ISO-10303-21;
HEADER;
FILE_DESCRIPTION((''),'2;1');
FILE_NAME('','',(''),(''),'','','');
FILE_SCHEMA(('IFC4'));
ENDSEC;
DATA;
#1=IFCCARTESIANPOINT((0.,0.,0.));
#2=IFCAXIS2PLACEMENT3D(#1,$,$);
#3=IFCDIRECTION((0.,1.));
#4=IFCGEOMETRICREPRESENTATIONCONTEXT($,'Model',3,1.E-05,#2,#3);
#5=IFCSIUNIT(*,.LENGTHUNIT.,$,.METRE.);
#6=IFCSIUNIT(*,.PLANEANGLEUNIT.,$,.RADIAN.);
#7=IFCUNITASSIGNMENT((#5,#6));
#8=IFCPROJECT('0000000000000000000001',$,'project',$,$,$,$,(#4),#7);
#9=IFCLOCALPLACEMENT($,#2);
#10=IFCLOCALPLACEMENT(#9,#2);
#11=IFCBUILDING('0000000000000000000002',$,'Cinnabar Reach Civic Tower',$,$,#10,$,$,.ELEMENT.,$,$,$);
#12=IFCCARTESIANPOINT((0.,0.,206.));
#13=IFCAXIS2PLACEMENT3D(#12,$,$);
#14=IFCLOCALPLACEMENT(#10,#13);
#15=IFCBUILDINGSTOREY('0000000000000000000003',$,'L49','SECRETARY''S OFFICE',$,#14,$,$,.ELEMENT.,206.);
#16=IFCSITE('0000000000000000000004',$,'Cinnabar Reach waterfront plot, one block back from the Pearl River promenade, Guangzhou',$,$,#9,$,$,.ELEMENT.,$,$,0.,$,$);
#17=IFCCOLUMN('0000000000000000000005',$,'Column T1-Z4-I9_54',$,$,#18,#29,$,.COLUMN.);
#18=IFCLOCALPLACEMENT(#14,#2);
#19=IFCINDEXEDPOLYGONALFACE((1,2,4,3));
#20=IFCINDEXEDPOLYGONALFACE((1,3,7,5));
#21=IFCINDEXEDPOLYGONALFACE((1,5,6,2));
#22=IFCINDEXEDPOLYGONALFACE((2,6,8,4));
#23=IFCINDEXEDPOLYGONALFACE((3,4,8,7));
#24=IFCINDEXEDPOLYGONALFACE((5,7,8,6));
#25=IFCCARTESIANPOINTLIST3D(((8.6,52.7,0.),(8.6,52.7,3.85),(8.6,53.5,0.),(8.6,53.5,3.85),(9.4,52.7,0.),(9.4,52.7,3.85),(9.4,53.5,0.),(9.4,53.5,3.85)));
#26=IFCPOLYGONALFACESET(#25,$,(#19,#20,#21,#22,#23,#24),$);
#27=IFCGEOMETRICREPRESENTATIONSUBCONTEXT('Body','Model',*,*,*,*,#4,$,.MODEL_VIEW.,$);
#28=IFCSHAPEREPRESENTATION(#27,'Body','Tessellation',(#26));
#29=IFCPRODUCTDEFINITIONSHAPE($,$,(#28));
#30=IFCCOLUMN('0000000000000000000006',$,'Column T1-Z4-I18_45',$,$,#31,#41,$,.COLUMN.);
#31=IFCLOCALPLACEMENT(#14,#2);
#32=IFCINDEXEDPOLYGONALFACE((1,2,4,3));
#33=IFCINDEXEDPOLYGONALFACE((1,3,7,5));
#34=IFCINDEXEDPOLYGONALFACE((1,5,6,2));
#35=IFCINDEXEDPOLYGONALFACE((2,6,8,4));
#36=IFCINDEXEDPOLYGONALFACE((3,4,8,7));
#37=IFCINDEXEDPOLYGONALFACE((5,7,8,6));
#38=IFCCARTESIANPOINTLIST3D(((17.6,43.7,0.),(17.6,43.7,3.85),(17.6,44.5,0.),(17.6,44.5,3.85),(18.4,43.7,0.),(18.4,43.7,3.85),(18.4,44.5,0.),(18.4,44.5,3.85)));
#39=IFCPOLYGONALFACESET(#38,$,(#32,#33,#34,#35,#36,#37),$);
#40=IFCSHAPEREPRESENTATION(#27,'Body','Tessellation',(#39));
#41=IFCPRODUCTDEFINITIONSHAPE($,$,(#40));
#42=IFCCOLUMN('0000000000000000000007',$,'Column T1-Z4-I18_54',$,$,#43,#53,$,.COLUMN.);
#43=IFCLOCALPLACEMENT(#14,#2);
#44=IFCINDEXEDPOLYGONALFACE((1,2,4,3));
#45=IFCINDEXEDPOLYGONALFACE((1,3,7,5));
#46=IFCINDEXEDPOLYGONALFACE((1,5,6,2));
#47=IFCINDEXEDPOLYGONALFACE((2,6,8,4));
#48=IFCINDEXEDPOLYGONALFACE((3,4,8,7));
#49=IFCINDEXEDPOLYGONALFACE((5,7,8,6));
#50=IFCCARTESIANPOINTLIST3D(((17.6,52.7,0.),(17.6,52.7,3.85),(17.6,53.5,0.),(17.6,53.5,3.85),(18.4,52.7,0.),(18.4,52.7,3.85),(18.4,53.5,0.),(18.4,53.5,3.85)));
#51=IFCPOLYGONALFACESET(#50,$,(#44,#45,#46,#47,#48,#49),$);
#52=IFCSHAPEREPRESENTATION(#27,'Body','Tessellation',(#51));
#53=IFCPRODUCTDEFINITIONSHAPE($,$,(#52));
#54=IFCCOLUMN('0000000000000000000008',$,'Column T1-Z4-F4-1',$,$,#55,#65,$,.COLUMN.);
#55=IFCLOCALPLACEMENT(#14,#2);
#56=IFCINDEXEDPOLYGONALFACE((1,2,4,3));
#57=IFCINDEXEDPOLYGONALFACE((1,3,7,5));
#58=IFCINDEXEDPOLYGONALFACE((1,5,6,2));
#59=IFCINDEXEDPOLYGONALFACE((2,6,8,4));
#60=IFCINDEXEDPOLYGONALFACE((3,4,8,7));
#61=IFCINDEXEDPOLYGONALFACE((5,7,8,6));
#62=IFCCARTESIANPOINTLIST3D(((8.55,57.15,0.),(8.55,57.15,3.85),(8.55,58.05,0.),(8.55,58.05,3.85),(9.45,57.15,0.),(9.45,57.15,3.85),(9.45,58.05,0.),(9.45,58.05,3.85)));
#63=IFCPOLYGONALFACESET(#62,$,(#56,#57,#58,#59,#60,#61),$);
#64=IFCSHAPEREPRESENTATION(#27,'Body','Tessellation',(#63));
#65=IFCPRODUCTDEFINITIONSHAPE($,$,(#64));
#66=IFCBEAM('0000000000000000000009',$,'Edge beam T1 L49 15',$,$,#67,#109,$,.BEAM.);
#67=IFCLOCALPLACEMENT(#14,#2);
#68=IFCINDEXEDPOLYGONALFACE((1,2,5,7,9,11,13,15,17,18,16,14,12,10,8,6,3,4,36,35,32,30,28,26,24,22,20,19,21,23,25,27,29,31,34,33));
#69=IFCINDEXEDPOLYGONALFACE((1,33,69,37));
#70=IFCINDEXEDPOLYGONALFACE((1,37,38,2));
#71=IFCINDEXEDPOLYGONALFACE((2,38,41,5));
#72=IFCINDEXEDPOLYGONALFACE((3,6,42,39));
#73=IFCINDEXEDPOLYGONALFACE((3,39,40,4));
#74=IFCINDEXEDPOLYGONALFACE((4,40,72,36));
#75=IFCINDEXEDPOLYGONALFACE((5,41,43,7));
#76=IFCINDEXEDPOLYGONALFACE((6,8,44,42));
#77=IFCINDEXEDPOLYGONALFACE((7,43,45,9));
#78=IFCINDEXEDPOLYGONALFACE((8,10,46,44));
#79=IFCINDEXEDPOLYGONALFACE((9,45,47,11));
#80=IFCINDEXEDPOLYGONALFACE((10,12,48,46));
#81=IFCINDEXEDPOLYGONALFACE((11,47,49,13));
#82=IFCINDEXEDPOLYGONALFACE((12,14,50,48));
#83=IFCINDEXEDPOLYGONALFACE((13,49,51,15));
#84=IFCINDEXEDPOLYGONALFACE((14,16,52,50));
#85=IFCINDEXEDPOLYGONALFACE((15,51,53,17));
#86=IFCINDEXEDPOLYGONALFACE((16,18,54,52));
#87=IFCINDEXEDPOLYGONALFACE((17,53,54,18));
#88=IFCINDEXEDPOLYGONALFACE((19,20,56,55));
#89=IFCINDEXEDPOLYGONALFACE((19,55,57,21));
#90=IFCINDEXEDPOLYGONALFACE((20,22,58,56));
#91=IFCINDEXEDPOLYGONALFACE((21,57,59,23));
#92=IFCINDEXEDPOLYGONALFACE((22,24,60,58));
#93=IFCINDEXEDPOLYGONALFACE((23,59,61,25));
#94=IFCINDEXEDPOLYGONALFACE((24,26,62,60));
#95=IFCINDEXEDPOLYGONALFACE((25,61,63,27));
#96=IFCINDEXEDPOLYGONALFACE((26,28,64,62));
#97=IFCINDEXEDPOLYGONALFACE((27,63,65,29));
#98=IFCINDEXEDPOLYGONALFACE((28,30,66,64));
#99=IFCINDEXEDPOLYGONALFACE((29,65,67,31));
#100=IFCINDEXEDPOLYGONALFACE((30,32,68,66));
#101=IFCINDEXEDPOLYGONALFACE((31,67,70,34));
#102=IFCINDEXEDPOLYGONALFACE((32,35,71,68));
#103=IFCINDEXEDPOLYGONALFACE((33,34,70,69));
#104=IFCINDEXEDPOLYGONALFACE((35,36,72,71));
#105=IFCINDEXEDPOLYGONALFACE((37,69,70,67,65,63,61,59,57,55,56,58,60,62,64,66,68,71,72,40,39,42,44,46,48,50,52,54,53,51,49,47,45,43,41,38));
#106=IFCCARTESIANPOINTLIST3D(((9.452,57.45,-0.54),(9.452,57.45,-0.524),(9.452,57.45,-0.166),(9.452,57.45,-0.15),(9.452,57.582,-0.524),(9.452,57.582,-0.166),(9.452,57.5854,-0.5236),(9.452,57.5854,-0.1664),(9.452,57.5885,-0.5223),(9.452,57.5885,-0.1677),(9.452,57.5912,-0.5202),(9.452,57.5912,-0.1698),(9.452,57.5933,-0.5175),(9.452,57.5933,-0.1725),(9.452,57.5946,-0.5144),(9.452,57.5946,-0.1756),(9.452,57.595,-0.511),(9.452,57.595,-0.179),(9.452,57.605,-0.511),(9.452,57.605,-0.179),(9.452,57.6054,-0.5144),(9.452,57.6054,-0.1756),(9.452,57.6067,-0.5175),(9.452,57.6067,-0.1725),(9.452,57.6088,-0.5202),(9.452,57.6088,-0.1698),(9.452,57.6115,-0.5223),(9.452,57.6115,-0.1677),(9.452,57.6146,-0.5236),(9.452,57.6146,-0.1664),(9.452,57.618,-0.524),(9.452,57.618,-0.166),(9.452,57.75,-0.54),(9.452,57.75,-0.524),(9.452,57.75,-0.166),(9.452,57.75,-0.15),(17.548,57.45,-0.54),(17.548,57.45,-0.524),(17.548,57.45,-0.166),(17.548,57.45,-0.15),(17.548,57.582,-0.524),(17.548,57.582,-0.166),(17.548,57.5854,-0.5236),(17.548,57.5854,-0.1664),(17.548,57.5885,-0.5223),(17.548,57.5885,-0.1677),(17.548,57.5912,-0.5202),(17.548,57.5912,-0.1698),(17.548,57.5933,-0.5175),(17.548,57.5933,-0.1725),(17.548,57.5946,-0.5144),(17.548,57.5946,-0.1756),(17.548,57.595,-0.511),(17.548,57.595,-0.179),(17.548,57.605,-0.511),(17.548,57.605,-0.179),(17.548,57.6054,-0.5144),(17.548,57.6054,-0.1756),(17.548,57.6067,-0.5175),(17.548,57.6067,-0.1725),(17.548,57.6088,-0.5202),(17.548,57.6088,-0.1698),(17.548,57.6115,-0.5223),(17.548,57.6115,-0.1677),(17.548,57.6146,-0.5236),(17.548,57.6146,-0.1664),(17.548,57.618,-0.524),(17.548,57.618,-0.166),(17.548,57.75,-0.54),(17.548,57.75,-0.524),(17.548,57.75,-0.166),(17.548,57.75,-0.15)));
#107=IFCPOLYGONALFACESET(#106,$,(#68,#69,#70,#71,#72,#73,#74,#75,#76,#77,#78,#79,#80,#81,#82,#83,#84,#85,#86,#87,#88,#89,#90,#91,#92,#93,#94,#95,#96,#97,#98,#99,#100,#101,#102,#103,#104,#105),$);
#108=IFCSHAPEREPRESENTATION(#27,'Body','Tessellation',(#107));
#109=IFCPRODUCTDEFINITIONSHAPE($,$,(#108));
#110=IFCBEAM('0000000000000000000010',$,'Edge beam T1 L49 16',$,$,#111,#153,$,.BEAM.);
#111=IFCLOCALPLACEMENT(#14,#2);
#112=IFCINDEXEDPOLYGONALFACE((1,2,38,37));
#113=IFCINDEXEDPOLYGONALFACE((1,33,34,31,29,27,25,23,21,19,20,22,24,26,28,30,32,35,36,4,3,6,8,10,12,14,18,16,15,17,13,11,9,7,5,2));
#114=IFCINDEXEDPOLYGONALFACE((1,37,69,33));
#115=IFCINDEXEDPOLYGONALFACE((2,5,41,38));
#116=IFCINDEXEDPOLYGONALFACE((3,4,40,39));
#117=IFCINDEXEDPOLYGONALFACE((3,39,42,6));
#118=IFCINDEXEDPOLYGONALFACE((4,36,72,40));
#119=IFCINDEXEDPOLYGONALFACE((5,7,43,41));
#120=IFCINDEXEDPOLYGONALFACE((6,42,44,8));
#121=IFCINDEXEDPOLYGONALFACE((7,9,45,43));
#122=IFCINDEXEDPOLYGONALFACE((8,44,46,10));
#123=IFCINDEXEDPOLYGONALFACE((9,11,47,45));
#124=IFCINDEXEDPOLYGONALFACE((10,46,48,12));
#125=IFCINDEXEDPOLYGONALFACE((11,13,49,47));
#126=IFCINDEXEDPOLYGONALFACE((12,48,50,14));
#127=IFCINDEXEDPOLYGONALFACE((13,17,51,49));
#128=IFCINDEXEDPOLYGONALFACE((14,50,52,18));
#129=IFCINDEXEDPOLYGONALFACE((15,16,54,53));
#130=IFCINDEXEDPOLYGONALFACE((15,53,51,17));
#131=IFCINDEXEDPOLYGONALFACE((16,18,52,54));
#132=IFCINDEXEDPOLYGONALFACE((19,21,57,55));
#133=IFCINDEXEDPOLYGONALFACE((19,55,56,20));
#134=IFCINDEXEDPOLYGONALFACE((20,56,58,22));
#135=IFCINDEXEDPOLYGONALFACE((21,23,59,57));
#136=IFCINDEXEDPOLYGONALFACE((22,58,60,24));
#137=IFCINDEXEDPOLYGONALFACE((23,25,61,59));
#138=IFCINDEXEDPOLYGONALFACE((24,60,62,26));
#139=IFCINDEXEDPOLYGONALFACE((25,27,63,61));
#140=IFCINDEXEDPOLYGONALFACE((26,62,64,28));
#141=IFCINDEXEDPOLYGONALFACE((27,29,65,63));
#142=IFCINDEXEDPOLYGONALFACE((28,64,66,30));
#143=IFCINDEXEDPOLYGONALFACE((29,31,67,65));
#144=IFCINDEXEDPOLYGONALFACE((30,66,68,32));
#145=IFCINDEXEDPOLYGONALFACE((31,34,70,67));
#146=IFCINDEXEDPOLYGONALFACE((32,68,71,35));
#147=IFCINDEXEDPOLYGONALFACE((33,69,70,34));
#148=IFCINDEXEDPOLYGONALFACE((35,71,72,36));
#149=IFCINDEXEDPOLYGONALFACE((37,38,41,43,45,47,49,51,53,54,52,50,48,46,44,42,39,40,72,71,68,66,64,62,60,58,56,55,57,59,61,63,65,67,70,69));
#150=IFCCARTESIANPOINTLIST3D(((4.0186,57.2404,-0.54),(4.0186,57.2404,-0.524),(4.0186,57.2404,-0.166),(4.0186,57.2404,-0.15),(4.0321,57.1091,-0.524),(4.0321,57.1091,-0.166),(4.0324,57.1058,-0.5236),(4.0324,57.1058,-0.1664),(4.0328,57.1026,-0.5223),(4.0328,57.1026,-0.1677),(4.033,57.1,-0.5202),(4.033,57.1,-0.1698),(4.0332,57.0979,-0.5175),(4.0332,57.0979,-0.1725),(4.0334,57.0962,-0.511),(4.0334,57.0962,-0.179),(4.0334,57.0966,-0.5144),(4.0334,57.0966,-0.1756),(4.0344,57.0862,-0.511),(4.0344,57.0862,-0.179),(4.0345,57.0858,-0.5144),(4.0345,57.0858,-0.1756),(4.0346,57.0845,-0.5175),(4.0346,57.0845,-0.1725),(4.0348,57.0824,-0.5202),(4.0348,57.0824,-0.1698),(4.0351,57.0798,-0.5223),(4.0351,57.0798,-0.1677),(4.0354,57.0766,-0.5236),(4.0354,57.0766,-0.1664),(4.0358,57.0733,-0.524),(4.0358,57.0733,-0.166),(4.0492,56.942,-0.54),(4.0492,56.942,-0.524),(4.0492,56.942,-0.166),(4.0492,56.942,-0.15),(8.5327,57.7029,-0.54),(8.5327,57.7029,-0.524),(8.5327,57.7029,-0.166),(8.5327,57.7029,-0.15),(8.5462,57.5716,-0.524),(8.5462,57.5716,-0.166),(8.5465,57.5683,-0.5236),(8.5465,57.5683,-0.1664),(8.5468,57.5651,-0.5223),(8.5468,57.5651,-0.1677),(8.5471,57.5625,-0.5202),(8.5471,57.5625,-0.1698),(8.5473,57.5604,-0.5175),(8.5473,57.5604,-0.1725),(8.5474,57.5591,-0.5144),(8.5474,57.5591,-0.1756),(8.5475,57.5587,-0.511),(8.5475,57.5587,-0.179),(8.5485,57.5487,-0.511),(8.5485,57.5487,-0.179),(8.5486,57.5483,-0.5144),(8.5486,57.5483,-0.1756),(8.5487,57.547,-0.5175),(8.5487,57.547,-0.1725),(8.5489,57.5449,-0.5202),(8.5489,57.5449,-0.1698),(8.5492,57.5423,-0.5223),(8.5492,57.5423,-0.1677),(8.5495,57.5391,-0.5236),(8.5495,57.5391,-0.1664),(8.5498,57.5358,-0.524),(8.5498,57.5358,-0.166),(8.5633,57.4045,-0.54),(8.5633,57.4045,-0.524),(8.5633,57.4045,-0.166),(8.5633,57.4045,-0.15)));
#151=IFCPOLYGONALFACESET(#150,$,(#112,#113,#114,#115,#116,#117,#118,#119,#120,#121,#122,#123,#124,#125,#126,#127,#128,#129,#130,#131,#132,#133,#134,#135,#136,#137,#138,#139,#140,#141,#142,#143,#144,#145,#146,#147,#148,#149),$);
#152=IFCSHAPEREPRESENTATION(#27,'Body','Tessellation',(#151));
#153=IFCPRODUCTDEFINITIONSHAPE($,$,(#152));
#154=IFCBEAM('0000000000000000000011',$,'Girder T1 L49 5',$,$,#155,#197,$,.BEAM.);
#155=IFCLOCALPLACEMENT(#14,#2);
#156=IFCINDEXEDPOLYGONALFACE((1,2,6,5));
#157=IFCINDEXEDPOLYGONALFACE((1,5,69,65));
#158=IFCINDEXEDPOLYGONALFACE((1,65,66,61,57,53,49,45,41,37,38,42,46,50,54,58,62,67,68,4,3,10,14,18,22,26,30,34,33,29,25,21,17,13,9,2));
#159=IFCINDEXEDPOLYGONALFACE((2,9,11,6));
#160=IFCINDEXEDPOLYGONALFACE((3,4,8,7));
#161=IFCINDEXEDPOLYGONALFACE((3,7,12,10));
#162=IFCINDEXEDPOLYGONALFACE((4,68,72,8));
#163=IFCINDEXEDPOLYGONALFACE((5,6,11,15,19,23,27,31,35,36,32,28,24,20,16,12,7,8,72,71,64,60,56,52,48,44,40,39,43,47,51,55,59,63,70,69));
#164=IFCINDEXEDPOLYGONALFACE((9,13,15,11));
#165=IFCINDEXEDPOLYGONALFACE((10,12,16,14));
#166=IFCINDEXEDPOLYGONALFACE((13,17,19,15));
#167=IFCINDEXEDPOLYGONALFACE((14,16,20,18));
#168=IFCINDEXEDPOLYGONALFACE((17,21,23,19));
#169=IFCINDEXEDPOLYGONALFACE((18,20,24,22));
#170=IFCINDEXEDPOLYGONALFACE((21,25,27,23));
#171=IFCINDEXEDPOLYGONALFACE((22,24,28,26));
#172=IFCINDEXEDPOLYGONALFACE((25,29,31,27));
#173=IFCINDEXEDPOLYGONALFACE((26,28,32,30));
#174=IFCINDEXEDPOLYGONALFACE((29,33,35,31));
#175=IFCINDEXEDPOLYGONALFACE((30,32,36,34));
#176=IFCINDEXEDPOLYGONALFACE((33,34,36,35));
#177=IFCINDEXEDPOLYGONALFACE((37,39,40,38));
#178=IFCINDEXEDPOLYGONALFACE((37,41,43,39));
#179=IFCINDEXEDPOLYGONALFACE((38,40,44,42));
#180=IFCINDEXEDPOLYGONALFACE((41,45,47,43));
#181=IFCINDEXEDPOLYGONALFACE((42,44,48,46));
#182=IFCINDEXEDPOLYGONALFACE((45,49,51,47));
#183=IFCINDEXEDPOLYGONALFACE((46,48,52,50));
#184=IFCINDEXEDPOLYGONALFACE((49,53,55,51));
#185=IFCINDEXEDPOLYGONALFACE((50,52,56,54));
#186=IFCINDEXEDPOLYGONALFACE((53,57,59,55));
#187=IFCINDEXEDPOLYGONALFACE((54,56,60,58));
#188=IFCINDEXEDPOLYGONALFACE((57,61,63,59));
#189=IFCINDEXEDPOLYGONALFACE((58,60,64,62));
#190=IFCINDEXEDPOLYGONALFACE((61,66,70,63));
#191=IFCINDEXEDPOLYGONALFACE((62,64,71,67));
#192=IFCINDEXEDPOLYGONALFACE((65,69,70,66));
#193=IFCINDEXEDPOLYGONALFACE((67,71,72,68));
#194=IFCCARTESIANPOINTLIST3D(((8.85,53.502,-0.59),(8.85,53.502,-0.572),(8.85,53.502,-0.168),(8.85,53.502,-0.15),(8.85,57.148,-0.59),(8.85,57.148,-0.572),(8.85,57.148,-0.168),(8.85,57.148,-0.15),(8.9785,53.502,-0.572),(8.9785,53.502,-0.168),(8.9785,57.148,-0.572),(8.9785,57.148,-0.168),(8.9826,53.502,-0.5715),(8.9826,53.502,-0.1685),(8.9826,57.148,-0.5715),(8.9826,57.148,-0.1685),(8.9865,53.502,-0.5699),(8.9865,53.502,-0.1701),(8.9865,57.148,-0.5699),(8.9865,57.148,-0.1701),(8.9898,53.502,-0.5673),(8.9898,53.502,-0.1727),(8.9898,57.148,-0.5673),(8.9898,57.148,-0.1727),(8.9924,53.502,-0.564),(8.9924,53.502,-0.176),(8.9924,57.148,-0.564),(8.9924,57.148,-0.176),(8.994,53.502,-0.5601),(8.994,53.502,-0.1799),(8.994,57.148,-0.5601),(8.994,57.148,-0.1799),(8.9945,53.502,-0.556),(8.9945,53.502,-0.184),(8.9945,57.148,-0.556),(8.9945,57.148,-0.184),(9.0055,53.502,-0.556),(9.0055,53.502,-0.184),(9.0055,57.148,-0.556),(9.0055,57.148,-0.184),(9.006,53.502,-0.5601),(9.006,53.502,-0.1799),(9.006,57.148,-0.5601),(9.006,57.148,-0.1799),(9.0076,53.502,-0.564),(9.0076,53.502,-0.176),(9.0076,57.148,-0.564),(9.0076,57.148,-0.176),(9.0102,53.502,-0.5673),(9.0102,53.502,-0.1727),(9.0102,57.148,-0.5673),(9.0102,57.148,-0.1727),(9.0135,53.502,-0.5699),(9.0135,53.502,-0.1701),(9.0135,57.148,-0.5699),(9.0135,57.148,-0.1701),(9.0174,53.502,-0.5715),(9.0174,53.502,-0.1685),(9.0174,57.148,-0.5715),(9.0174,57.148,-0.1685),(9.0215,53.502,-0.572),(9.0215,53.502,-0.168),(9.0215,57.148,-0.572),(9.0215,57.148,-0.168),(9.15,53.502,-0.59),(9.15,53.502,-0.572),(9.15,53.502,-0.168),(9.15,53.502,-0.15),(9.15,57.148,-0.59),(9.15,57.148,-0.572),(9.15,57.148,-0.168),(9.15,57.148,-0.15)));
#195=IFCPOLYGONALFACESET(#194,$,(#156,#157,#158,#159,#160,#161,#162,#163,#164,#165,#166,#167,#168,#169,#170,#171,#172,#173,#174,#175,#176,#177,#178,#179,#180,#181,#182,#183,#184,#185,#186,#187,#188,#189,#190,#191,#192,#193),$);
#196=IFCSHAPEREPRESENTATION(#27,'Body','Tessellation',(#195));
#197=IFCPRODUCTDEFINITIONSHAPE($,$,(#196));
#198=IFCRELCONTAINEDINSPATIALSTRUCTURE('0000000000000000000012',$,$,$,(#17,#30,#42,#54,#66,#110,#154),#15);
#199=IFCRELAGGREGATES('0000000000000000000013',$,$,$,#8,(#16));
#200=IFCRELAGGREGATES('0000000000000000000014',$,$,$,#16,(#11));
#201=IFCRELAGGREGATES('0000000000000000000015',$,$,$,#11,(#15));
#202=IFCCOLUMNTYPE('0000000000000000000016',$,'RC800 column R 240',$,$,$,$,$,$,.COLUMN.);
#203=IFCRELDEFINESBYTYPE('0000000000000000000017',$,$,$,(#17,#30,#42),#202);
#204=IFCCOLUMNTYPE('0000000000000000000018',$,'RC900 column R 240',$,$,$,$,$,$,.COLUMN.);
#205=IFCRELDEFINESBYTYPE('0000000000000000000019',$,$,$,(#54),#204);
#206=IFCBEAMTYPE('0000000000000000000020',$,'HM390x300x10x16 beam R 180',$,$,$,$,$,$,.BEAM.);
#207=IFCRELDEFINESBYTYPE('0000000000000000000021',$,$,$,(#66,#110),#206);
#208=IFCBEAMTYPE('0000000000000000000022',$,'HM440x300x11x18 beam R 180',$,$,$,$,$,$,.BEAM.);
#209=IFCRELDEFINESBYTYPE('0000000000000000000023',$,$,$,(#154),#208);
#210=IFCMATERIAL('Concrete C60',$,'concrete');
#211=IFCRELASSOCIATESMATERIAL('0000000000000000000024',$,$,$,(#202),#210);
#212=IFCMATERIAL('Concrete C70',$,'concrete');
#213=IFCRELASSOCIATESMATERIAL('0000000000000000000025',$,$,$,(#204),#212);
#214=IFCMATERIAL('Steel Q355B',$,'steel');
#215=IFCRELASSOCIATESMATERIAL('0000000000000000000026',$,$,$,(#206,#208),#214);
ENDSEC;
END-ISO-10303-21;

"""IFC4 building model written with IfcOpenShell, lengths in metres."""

from ifc_helpers import new_model, si_unit, direction, frame, origin, origin_2d, place, context, subcontext, project, spatial, rectangle, i_section, extrude, material, material_profile, profile_set, type_object, element, save


model = new_model("IFC4")

# Units and contexts
model_context = context("Model", 3, precision=1e-05, world=origin(), true_north=direction((0.0, 1.0)))
body_context = subcontext(model_context, "Body", "Model", "MODEL_VIEW")
ifc_project = project(units=[si_unit("LENGTHUNIT", "METRE"), si_unit("PLANEANGLEUNIT", "RADIAN")], contexts=[model_context])

# Site, building, storey
site_placement = place(None, origin())
site = spatial("IfcSite", under=ifc_project, at=site_placement, Name="Cinnabar Reach waterfront plot, one block back from the Pearl River promenade, Guangzhou", CompositionType="ELEMENT", RefElevation=0.0)
building_placement = place(site_placement, origin())
building = spatial("IfcBuilding", under=site, at=building_placement, Name="Cinnabar Reach Civic Tower", CompositionType="ELEMENT")
storey_placement = place(building_placement, frame((0.0, 0.0, 206.0)))
storey = spatial("IfcBuildingStorey", under=building, at=storey_placement, Name="L49", Description="SECRETARY'S OFFICE", CompositionType="ELEMENT", Elevation=206.0)

# Columns
ifc_material_1 = material(Name="Concrete C60", Category="concrete")
ifc_material_profile_1 = material_profile(ifc_material_1, rectangle(XDim=0.8, YDim=0.8, at=origin_2d()), Name="RC800")
ifc_profile_set_1 = profile_set([ifc_material_profile_1], Name="Concrete C60")
column_type_1 = type_object("IfcColumnType", Name="RC800 column R 240", PredefinedType="COLUMN", material=ifc_profile_set_1)
for number, where, z_axis, x_axis, name in (
    (1, (9.0, 53.1, 0.0), (0.0, 0.0, 1.0), (1.0, 0.0, 0.0), "Column T1-Z4-I9_54"),
    (2, (18.0, 44.1, 0.0), (0.0, 0.0, 1.0), (1.0, 0.0, 0.0), "Column T1-Z4-I18_45"),
    (3, (18.0, 53.1, 0.0), (0.0, 0.0, 1.0), (1.0, 0.0, 0.0), "Column T1-Z4-I18_54"),
):
    element("IfcColumn", number, at=place(storey_placement, frame(where, z_axis=z_axis, x_axis=x_axis)), inside=storey, type_object=column_type_1, Name=name, PredefinedType="COLUMN", context=body_context, shape_type="SweptSolid", body=[
        extrude(rectangle(XDim=0.8, YDim=0.8, at=origin_2d()), origin(), (0.0, 0.0, 1.0), 3.85),
    ])
ifc_material_2 = material(Name="Concrete C70", Category="concrete")
ifc_material_profile_2 = material_profile(ifc_material_2, rectangle(XDim=0.9, YDim=0.9, at=origin_2d()), Name="RC900")
ifc_profile_set_2 = profile_set([ifc_material_profile_2], Name="Concrete C70")
column_type_2 = type_object("IfcColumnType", Name="RC900 column R 240", PredefinedType="COLUMN", material=ifc_profile_set_2)
column_placement = place(storey_placement, frame((9.0, 57.6, 0.0), z_axis=(0.0, 0.0, 1.0), x_axis=(1.0, 0.0, 0.0)))
element("IfcColumn", 4, at=column_placement, inside=storey, type_object=column_type_2, Name="Column T1-Z4-F4-1", PredefinedType="COLUMN", context=body_context, shape_type="SweptSolid", body=[
    extrude(rectangle(XDim=0.9, YDim=0.9, at=origin_2d()), origin(), (0.0, 0.0, 1.0), 3.85),
])

# Beams
ifc_material_3 = material(Name="Steel Q355B", Category="steel")
ifc_material_profile_3 = material_profile(ifc_material_3, i_section(OverallWidth=0.3, OverallDepth=0.39, WebThickness=0.01, FlangeThickness=0.016, FilletRadius=0.013, at=origin_2d()), Name="HM390x300x10x16")
ifc_profile_set_3 = profile_set([ifc_material_profile_3], Name="Steel Q355B")
beam_type_1 = type_object("IfcBeamType", Name="HM390x300x10x16 beam R 180", PredefinedType="BEAM", material=ifc_profile_set_3)
beam_1_placement = place(storey_placement, frame((17.548, 57.6, -0.345), z_axis=(-1.0, 0.0, 0.0), x_axis=(0.0, -1.0, 0.0)))
element("IfcBeam", 5, at=beam_1_placement, inside=storey, type_object=beam_type_1, Name="Edge beam T1 L49 15", PredefinedType="BEAM", context=body_context, shape_type="SweptSolid", body=[
    extrude(i_section(OverallWidth=0.3, OverallDepth=0.39, WebThickness=0.01, FlangeThickness=0.016, FilletRadius=0.013, at=origin_2d()), origin(), (0.0, 0.0, 1.0), 8.096),
])
beam_2_placement = place(storey_placement, frame((8.548, 57.5537, -0.345), z_axis=(-0.994792, -0.101923, 0.0), x_axis=(0.101923, -0.994792, 0.0)))
element("IfcBeam", 6, at=beam_2_placement, inside=storey, type_object=beam_type_1, Name="Edge beam T1 L49 16", PredefinedType="BEAM", context=body_context, shape_type="SweptSolid", body=[
    extrude(i_section(OverallWidth=0.3, OverallDepth=0.39, WebThickness=0.01, FlangeThickness=0.016, FilletRadius=0.013, at=origin_2d()), origin(), (0.0, 0.0, 1.0), 4.5377),
])
ifc_material_profile_4 = material_profile(ifc_material_3, i_section(OverallWidth=0.3, OverallDepth=0.44, WebThickness=0.011, FlangeThickness=0.018, FilletRadius=0.016, at=origin_2d()), Name="HM440x300x11x18")
ifc_profile_set_4 = profile_set([ifc_material_profile_4], Name="Steel Q355B")
beam_type_2 = type_object("IfcBeamType", Name="HM440x300x11x18 beam R 180", PredefinedType="BEAM", material=ifc_profile_set_4)
for number, where, z_axis, x_axis, name in (
    (7, (9.0, 53.502, -0.37), (0.0, 1.0, 0.0), (-1.0, 0.0, 0.0), "Girder T1 L49 5"),
):
    element("IfcBeam", number, at=place(storey_placement, frame(where, z_axis=z_axis, x_axis=x_axis)), inside=storey, type_object=beam_type_2, Name=name, PredefinedType="BEAM", context=body_context, shape_type="SweptSolid", body=[
        extrude(i_section(OverallWidth=0.3, OverallDepth=0.44, WebThickness=0.011, FlangeThickness=0.018, FilletRadius=0.016, at=origin_2d()), origin(), (0.0, 0.0, 1.0), 3.646),
    ])

save(model, "model.ifc")
